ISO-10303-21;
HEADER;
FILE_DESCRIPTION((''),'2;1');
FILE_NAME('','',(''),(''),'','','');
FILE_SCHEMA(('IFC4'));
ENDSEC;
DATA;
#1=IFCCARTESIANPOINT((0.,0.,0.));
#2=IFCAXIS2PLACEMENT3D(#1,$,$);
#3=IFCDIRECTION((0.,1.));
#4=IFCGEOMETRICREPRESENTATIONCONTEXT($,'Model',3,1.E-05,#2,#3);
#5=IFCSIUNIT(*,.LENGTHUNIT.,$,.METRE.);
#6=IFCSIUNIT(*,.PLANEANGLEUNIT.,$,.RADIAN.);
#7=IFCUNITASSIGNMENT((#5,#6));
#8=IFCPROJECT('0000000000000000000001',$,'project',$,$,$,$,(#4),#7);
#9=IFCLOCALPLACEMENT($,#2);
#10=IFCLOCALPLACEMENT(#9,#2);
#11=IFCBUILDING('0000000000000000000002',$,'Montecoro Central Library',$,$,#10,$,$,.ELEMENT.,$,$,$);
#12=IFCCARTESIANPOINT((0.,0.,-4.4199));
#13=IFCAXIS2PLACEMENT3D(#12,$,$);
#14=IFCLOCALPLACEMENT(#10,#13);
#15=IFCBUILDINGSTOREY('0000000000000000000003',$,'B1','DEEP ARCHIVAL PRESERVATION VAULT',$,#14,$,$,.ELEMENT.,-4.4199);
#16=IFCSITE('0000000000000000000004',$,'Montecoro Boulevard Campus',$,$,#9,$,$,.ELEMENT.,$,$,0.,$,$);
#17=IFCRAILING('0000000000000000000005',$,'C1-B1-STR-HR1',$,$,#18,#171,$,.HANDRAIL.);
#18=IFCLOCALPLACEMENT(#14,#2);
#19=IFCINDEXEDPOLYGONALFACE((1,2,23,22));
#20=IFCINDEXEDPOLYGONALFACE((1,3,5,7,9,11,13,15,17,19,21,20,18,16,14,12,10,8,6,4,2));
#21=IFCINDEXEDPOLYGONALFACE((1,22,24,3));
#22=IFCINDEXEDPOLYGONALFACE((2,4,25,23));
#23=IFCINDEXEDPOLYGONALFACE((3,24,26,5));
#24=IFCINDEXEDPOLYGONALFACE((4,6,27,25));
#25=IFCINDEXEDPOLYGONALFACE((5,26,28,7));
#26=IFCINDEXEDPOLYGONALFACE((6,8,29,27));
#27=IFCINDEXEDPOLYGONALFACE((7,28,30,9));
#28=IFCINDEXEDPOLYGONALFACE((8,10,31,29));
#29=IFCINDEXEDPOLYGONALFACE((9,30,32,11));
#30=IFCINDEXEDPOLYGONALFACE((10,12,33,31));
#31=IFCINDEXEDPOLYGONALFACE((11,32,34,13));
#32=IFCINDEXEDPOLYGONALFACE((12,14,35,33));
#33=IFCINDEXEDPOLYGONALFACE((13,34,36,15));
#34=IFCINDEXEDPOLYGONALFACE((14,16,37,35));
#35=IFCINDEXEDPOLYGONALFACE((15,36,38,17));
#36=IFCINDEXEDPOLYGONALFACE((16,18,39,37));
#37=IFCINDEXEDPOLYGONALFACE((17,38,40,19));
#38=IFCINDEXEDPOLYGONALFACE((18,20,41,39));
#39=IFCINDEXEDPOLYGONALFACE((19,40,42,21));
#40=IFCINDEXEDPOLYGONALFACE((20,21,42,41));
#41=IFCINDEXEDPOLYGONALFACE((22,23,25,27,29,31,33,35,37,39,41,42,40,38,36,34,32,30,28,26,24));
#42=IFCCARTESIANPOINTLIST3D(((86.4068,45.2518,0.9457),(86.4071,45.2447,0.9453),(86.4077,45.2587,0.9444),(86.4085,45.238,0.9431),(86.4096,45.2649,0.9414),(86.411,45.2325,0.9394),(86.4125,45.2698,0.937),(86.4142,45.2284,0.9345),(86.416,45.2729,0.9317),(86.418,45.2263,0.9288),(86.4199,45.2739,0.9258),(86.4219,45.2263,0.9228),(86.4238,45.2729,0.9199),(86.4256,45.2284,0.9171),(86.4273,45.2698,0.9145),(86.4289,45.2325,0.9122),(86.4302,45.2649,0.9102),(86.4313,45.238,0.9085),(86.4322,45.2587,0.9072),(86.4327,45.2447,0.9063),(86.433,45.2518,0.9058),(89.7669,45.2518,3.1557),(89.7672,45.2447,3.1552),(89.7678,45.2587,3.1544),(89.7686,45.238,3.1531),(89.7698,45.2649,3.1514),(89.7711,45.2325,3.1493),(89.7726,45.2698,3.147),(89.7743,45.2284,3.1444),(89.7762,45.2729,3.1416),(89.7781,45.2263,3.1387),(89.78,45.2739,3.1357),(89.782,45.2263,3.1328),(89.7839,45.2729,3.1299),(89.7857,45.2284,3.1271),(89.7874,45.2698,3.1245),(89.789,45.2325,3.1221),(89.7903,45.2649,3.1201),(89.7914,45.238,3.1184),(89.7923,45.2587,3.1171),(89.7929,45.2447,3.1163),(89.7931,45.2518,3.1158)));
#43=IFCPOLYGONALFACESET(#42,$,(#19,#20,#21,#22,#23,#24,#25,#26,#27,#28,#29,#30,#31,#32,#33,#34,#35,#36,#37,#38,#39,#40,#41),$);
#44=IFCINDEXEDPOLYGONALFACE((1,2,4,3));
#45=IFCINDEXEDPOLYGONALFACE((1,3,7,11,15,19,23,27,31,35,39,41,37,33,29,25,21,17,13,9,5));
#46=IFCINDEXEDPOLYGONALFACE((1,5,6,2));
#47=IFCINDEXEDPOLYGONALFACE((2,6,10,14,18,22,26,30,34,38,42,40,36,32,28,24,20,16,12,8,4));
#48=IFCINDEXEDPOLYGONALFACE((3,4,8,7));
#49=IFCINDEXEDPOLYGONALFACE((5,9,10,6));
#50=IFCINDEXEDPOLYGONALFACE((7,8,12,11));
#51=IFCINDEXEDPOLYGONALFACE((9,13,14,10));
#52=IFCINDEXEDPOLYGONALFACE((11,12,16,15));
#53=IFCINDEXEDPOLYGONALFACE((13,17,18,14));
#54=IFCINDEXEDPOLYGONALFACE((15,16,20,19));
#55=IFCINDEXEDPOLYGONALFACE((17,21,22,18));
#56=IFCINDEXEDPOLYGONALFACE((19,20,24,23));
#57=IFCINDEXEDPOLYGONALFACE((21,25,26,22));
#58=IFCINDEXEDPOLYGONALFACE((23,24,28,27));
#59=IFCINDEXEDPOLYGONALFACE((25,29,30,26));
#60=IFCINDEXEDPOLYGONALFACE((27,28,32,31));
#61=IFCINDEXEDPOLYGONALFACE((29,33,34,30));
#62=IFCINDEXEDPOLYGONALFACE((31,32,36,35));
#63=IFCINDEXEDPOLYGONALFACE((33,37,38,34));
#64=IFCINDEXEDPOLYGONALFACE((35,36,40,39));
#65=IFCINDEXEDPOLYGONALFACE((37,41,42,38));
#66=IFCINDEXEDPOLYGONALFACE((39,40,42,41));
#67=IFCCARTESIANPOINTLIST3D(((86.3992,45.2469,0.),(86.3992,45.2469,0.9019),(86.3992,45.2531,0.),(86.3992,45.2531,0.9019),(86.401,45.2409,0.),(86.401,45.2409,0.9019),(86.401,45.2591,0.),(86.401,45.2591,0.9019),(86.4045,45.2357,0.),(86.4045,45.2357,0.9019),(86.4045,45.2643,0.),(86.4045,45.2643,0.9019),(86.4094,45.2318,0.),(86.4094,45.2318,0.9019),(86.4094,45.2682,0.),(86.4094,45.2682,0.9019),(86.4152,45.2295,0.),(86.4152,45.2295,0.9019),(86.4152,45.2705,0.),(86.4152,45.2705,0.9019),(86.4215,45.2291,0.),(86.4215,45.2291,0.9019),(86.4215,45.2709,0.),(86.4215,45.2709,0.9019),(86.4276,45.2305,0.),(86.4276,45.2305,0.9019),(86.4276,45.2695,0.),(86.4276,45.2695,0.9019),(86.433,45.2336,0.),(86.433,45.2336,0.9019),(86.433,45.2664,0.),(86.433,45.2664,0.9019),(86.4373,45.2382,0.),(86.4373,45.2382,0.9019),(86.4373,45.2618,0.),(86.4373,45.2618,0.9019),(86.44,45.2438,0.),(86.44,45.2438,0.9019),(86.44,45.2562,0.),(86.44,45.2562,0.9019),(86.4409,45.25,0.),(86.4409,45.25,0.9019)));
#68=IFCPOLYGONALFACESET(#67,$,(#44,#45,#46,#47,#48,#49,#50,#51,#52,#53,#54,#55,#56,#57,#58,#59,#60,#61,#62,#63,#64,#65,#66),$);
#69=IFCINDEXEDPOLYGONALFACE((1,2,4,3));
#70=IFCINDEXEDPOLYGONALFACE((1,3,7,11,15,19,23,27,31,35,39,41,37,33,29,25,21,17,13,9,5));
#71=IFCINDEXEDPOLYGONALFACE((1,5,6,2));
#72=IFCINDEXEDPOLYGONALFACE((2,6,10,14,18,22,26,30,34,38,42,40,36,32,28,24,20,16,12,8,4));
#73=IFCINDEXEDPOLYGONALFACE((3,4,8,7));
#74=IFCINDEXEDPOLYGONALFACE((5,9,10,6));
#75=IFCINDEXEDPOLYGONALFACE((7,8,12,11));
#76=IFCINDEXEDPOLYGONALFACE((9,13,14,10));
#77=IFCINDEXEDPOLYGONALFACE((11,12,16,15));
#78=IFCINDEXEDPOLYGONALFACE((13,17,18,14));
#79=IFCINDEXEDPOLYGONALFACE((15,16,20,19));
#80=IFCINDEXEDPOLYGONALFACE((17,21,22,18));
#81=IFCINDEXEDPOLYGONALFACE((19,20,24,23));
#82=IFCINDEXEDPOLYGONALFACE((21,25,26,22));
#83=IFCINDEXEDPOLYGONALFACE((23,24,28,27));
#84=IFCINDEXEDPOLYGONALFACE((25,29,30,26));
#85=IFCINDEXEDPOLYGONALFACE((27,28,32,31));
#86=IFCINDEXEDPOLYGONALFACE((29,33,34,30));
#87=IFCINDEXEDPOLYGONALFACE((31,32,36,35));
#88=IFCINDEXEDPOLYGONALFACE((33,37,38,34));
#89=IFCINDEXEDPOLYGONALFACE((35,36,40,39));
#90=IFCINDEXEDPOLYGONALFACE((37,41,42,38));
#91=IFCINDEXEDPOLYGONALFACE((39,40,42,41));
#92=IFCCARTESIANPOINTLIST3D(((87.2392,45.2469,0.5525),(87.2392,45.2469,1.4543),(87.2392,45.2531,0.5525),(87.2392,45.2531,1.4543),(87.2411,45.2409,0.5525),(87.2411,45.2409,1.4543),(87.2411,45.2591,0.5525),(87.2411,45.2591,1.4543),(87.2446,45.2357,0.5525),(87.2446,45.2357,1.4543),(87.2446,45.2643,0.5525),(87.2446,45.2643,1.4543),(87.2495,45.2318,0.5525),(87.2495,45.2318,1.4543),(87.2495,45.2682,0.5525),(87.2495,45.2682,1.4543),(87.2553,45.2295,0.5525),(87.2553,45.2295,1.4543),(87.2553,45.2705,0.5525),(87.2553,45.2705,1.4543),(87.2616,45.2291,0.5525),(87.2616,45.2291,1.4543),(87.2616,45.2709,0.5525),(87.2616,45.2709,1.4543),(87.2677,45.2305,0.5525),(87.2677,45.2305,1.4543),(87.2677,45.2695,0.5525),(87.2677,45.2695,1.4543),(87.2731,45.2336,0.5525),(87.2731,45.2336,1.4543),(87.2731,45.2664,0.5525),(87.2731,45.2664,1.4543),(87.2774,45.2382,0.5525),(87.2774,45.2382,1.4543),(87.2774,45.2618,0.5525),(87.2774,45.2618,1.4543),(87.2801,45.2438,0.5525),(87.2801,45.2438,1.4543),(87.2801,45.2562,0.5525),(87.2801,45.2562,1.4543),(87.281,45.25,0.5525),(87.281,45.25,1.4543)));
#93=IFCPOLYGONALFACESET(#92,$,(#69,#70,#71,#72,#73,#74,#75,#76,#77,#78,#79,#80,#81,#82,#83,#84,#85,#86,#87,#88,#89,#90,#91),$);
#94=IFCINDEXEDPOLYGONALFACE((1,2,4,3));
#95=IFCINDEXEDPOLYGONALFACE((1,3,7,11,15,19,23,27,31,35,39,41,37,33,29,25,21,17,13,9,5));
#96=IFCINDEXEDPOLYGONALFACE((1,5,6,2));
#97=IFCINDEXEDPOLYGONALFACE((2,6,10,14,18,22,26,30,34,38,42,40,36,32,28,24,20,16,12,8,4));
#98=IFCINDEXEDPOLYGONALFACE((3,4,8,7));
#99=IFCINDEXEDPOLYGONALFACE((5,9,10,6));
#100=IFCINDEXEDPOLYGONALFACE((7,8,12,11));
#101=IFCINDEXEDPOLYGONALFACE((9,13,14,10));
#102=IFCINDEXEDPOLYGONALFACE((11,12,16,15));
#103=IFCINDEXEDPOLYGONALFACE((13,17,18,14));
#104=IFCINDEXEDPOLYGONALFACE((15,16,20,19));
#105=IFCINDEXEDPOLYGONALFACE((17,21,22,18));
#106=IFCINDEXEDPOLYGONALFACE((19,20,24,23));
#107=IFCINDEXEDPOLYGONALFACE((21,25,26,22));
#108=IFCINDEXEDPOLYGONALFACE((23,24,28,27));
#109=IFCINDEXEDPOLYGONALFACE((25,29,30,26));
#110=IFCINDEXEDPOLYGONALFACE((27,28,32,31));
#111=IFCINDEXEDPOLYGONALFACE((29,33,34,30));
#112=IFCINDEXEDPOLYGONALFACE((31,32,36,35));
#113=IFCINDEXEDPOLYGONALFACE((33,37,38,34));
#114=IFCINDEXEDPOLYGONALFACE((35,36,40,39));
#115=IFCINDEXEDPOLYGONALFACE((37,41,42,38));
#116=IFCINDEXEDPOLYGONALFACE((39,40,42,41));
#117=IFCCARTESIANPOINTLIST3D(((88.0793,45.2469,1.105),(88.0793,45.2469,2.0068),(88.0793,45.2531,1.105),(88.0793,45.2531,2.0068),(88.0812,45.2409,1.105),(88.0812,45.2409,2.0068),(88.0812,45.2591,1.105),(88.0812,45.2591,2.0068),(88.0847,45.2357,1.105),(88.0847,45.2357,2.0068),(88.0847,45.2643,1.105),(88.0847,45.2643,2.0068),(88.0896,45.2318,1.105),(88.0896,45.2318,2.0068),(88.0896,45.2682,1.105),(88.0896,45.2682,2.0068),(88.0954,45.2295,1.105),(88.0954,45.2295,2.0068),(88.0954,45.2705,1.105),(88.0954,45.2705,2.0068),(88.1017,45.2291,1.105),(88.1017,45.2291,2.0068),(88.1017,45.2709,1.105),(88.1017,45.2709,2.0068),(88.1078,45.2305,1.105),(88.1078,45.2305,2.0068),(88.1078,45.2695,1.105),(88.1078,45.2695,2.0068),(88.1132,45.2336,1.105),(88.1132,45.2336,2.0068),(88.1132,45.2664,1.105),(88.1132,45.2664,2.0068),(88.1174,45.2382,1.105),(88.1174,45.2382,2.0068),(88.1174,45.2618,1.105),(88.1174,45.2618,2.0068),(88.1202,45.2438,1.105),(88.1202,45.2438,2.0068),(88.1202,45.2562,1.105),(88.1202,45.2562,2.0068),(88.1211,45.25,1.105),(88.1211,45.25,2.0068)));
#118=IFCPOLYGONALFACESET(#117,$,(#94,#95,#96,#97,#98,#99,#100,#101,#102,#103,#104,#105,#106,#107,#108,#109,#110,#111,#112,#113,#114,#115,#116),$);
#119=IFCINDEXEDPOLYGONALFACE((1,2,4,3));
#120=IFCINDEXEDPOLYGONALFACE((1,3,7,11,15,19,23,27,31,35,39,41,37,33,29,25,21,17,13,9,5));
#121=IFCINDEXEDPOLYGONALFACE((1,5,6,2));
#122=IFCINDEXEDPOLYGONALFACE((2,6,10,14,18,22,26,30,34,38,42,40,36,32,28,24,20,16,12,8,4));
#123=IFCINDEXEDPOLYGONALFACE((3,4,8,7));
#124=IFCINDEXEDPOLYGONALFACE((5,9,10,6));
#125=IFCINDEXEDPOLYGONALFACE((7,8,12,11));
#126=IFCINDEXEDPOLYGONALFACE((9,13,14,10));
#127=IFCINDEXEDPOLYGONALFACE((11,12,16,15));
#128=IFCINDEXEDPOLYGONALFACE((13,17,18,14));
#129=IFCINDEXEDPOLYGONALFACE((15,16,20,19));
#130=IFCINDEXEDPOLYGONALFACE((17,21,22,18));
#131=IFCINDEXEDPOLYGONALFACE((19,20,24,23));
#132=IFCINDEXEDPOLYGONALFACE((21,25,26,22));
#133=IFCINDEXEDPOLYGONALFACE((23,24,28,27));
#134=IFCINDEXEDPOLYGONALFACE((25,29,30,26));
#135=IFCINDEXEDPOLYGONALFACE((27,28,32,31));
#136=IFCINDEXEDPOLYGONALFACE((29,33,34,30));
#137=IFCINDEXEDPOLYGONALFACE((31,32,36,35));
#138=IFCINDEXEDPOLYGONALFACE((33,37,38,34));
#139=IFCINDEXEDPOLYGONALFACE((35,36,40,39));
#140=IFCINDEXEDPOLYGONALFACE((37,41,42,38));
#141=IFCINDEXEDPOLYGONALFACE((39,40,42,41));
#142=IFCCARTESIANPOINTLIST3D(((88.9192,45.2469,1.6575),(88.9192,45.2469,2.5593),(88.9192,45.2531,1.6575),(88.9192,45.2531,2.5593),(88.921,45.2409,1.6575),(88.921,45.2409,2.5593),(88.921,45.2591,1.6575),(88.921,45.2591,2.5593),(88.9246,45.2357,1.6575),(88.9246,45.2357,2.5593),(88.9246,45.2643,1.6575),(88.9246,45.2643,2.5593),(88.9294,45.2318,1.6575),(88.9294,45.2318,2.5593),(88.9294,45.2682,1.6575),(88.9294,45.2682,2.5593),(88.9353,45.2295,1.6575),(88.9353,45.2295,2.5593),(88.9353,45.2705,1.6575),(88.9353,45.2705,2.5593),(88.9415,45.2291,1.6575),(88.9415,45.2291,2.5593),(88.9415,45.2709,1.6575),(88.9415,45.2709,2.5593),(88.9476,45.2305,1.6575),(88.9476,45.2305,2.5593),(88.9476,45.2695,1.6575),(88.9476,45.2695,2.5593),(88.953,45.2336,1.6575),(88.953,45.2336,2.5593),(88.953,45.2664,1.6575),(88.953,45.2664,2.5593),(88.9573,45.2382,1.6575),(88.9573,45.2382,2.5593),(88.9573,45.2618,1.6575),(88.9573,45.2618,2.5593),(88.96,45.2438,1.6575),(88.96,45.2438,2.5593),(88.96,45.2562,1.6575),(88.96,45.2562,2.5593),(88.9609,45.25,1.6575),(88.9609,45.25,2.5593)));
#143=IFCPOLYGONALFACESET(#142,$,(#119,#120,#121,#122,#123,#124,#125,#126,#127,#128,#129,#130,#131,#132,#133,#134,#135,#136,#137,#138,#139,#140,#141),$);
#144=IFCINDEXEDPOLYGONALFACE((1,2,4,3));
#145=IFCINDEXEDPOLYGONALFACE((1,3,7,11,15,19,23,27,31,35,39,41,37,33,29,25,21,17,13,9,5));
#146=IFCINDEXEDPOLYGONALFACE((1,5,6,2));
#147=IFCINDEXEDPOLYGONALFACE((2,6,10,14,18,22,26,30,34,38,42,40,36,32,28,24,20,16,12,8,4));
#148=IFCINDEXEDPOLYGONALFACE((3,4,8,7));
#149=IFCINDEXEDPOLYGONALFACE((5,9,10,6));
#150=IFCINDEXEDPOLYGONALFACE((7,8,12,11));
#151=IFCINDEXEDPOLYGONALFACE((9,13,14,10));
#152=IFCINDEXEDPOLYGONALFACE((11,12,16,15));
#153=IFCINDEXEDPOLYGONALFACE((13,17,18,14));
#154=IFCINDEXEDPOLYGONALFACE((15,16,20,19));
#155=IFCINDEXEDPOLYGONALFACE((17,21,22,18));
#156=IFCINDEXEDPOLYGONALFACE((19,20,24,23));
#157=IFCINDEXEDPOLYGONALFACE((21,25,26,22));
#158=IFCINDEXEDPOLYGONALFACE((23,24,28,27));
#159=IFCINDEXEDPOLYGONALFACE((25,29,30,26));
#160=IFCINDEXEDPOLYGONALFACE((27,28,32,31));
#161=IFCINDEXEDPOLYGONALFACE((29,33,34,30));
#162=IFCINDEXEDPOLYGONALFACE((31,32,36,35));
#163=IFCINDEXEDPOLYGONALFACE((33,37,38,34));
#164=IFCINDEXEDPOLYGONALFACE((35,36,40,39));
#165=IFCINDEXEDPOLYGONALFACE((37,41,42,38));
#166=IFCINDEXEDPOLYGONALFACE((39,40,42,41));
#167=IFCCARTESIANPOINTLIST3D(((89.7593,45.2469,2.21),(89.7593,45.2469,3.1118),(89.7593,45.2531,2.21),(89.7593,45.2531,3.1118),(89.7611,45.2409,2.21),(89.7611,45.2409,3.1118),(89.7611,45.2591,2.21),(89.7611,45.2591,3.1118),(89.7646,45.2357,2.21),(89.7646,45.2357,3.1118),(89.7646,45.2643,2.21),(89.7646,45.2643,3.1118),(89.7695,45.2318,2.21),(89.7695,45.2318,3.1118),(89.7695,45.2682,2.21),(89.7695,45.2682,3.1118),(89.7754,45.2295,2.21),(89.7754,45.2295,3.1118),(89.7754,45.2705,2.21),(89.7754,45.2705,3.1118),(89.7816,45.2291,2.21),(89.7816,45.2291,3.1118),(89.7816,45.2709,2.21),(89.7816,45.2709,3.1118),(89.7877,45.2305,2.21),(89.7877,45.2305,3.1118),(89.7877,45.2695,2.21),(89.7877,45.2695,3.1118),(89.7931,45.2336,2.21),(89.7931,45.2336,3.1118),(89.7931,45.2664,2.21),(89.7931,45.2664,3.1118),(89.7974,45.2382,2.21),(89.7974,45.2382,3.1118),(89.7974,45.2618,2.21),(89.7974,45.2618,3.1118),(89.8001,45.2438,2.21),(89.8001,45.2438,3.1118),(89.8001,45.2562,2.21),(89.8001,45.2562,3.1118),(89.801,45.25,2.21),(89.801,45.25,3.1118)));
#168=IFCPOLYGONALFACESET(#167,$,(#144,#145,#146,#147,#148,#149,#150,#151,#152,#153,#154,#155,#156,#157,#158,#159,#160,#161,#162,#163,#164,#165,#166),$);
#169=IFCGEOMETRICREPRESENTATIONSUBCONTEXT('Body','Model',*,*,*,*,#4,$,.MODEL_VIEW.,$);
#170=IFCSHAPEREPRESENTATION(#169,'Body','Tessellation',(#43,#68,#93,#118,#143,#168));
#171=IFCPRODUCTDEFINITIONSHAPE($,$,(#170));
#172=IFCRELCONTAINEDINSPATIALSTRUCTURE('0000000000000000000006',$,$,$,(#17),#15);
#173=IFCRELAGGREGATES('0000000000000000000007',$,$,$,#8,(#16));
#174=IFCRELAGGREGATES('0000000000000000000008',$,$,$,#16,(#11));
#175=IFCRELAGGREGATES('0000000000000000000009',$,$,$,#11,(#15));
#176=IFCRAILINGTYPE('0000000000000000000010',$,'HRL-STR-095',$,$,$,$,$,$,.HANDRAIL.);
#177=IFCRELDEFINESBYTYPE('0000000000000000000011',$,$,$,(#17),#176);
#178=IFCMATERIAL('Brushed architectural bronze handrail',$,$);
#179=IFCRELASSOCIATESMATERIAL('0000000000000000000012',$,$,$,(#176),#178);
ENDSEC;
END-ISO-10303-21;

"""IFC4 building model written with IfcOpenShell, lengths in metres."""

from ifc_helpers import new_model, si_unit, direction, frame, origin, origin_2d, place, context, subcontext, project, spatial, circle, extrude, material, type_object, element, save


model = new_model("IFC4")

# Units and contexts
model_context = context("Model", 3, precision=1e-05, world=origin(), true_north=direction((0.0, 1.0)))
body_context = subcontext(model_context, "Body", "Model", "MODEL_VIEW")
ifc_project = project(units=[si_unit("LENGTHUNIT", "METRE"), si_unit("PLANEANGLEUNIT", "RADIAN")], contexts=[model_context])

# Site, building, storey
site_placement = place(None, origin())
site = spatial("IfcSite", under=ifc_project, at=site_placement, Name="Montecoro Boulevard Campus", CompositionType="ELEMENT", RefElevation=0.0)
building_placement = place(site_placement, origin())
building = spatial("IfcBuilding", under=site, at=building_placement, Name="Montecoro Central Library", CompositionType="ELEMENT")
storey_placement = place(building_placement, frame((0.0, 0.0, -4.4199)))
storey = spatial("IfcBuildingStorey", under=building, at=storey_placement, Name="B1", Description="DEEP ARCHIVAL PRESERVATION VAULT", CompositionType="ELEMENT", Elevation=-4.4199)

# Railing
ifc_material_1 = material(Name="Brushed architectural bronze handrail")
railing_type_1 = type_object("IfcRailingType", Name="HRL-STR-095", PredefinedType="HANDRAIL", material=ifc_material_1)
railing_1_placement = place(storey_placement, frame((86.4199, 45.25, 0.0)))
element("IfcRailing", 1, at=railing_1_placement, inside=storey, type_object=railing_type_1, Name="C1-B1-STR-HR1", PredefinedType="HANDRAIL", context=body_context, shape_type="SweptSolid", body=[
    extrude(circle(Radius=0.0239, at=origin_2d()), frame((0.0, 0.0, 0.9258), z_axis=(0.83549, 0.0, 0.549506), x_axis=(0.0, 1.0, 0.0)), (0.0, 0.0, 1.0), 4.0217),
    extrude(circle(Radius=0.021, at=origin_2d()), origin(), (0.0, 0.0, 1.0), 0.9019),
    extrude(circle(Radius=0.021, at=origin_2d()), frame((0.8401, 0.0, 0.5525)), (0.0, 0.0, 1.0), 0.9019),
    extrude(circle(Radius=0.021, at=origin_2d()), frame((1.6802, 0.0, 1.105)), (0.0, 0.0, 1.0), 0.9019),
    extrude(circle(Radius=0.021, at=origin_2d()), frame((2.52, 0.0, 1.6575)), (0.0, 0.0, 1.0), 0.9019),
    extrude(circle(Radius=0.021, at=origin_2d()), frame((3.3601, 0.0, 2.21)), (0.0, 0.0, 1.0), 0.9019),
])

save(model, "model.ifc")
